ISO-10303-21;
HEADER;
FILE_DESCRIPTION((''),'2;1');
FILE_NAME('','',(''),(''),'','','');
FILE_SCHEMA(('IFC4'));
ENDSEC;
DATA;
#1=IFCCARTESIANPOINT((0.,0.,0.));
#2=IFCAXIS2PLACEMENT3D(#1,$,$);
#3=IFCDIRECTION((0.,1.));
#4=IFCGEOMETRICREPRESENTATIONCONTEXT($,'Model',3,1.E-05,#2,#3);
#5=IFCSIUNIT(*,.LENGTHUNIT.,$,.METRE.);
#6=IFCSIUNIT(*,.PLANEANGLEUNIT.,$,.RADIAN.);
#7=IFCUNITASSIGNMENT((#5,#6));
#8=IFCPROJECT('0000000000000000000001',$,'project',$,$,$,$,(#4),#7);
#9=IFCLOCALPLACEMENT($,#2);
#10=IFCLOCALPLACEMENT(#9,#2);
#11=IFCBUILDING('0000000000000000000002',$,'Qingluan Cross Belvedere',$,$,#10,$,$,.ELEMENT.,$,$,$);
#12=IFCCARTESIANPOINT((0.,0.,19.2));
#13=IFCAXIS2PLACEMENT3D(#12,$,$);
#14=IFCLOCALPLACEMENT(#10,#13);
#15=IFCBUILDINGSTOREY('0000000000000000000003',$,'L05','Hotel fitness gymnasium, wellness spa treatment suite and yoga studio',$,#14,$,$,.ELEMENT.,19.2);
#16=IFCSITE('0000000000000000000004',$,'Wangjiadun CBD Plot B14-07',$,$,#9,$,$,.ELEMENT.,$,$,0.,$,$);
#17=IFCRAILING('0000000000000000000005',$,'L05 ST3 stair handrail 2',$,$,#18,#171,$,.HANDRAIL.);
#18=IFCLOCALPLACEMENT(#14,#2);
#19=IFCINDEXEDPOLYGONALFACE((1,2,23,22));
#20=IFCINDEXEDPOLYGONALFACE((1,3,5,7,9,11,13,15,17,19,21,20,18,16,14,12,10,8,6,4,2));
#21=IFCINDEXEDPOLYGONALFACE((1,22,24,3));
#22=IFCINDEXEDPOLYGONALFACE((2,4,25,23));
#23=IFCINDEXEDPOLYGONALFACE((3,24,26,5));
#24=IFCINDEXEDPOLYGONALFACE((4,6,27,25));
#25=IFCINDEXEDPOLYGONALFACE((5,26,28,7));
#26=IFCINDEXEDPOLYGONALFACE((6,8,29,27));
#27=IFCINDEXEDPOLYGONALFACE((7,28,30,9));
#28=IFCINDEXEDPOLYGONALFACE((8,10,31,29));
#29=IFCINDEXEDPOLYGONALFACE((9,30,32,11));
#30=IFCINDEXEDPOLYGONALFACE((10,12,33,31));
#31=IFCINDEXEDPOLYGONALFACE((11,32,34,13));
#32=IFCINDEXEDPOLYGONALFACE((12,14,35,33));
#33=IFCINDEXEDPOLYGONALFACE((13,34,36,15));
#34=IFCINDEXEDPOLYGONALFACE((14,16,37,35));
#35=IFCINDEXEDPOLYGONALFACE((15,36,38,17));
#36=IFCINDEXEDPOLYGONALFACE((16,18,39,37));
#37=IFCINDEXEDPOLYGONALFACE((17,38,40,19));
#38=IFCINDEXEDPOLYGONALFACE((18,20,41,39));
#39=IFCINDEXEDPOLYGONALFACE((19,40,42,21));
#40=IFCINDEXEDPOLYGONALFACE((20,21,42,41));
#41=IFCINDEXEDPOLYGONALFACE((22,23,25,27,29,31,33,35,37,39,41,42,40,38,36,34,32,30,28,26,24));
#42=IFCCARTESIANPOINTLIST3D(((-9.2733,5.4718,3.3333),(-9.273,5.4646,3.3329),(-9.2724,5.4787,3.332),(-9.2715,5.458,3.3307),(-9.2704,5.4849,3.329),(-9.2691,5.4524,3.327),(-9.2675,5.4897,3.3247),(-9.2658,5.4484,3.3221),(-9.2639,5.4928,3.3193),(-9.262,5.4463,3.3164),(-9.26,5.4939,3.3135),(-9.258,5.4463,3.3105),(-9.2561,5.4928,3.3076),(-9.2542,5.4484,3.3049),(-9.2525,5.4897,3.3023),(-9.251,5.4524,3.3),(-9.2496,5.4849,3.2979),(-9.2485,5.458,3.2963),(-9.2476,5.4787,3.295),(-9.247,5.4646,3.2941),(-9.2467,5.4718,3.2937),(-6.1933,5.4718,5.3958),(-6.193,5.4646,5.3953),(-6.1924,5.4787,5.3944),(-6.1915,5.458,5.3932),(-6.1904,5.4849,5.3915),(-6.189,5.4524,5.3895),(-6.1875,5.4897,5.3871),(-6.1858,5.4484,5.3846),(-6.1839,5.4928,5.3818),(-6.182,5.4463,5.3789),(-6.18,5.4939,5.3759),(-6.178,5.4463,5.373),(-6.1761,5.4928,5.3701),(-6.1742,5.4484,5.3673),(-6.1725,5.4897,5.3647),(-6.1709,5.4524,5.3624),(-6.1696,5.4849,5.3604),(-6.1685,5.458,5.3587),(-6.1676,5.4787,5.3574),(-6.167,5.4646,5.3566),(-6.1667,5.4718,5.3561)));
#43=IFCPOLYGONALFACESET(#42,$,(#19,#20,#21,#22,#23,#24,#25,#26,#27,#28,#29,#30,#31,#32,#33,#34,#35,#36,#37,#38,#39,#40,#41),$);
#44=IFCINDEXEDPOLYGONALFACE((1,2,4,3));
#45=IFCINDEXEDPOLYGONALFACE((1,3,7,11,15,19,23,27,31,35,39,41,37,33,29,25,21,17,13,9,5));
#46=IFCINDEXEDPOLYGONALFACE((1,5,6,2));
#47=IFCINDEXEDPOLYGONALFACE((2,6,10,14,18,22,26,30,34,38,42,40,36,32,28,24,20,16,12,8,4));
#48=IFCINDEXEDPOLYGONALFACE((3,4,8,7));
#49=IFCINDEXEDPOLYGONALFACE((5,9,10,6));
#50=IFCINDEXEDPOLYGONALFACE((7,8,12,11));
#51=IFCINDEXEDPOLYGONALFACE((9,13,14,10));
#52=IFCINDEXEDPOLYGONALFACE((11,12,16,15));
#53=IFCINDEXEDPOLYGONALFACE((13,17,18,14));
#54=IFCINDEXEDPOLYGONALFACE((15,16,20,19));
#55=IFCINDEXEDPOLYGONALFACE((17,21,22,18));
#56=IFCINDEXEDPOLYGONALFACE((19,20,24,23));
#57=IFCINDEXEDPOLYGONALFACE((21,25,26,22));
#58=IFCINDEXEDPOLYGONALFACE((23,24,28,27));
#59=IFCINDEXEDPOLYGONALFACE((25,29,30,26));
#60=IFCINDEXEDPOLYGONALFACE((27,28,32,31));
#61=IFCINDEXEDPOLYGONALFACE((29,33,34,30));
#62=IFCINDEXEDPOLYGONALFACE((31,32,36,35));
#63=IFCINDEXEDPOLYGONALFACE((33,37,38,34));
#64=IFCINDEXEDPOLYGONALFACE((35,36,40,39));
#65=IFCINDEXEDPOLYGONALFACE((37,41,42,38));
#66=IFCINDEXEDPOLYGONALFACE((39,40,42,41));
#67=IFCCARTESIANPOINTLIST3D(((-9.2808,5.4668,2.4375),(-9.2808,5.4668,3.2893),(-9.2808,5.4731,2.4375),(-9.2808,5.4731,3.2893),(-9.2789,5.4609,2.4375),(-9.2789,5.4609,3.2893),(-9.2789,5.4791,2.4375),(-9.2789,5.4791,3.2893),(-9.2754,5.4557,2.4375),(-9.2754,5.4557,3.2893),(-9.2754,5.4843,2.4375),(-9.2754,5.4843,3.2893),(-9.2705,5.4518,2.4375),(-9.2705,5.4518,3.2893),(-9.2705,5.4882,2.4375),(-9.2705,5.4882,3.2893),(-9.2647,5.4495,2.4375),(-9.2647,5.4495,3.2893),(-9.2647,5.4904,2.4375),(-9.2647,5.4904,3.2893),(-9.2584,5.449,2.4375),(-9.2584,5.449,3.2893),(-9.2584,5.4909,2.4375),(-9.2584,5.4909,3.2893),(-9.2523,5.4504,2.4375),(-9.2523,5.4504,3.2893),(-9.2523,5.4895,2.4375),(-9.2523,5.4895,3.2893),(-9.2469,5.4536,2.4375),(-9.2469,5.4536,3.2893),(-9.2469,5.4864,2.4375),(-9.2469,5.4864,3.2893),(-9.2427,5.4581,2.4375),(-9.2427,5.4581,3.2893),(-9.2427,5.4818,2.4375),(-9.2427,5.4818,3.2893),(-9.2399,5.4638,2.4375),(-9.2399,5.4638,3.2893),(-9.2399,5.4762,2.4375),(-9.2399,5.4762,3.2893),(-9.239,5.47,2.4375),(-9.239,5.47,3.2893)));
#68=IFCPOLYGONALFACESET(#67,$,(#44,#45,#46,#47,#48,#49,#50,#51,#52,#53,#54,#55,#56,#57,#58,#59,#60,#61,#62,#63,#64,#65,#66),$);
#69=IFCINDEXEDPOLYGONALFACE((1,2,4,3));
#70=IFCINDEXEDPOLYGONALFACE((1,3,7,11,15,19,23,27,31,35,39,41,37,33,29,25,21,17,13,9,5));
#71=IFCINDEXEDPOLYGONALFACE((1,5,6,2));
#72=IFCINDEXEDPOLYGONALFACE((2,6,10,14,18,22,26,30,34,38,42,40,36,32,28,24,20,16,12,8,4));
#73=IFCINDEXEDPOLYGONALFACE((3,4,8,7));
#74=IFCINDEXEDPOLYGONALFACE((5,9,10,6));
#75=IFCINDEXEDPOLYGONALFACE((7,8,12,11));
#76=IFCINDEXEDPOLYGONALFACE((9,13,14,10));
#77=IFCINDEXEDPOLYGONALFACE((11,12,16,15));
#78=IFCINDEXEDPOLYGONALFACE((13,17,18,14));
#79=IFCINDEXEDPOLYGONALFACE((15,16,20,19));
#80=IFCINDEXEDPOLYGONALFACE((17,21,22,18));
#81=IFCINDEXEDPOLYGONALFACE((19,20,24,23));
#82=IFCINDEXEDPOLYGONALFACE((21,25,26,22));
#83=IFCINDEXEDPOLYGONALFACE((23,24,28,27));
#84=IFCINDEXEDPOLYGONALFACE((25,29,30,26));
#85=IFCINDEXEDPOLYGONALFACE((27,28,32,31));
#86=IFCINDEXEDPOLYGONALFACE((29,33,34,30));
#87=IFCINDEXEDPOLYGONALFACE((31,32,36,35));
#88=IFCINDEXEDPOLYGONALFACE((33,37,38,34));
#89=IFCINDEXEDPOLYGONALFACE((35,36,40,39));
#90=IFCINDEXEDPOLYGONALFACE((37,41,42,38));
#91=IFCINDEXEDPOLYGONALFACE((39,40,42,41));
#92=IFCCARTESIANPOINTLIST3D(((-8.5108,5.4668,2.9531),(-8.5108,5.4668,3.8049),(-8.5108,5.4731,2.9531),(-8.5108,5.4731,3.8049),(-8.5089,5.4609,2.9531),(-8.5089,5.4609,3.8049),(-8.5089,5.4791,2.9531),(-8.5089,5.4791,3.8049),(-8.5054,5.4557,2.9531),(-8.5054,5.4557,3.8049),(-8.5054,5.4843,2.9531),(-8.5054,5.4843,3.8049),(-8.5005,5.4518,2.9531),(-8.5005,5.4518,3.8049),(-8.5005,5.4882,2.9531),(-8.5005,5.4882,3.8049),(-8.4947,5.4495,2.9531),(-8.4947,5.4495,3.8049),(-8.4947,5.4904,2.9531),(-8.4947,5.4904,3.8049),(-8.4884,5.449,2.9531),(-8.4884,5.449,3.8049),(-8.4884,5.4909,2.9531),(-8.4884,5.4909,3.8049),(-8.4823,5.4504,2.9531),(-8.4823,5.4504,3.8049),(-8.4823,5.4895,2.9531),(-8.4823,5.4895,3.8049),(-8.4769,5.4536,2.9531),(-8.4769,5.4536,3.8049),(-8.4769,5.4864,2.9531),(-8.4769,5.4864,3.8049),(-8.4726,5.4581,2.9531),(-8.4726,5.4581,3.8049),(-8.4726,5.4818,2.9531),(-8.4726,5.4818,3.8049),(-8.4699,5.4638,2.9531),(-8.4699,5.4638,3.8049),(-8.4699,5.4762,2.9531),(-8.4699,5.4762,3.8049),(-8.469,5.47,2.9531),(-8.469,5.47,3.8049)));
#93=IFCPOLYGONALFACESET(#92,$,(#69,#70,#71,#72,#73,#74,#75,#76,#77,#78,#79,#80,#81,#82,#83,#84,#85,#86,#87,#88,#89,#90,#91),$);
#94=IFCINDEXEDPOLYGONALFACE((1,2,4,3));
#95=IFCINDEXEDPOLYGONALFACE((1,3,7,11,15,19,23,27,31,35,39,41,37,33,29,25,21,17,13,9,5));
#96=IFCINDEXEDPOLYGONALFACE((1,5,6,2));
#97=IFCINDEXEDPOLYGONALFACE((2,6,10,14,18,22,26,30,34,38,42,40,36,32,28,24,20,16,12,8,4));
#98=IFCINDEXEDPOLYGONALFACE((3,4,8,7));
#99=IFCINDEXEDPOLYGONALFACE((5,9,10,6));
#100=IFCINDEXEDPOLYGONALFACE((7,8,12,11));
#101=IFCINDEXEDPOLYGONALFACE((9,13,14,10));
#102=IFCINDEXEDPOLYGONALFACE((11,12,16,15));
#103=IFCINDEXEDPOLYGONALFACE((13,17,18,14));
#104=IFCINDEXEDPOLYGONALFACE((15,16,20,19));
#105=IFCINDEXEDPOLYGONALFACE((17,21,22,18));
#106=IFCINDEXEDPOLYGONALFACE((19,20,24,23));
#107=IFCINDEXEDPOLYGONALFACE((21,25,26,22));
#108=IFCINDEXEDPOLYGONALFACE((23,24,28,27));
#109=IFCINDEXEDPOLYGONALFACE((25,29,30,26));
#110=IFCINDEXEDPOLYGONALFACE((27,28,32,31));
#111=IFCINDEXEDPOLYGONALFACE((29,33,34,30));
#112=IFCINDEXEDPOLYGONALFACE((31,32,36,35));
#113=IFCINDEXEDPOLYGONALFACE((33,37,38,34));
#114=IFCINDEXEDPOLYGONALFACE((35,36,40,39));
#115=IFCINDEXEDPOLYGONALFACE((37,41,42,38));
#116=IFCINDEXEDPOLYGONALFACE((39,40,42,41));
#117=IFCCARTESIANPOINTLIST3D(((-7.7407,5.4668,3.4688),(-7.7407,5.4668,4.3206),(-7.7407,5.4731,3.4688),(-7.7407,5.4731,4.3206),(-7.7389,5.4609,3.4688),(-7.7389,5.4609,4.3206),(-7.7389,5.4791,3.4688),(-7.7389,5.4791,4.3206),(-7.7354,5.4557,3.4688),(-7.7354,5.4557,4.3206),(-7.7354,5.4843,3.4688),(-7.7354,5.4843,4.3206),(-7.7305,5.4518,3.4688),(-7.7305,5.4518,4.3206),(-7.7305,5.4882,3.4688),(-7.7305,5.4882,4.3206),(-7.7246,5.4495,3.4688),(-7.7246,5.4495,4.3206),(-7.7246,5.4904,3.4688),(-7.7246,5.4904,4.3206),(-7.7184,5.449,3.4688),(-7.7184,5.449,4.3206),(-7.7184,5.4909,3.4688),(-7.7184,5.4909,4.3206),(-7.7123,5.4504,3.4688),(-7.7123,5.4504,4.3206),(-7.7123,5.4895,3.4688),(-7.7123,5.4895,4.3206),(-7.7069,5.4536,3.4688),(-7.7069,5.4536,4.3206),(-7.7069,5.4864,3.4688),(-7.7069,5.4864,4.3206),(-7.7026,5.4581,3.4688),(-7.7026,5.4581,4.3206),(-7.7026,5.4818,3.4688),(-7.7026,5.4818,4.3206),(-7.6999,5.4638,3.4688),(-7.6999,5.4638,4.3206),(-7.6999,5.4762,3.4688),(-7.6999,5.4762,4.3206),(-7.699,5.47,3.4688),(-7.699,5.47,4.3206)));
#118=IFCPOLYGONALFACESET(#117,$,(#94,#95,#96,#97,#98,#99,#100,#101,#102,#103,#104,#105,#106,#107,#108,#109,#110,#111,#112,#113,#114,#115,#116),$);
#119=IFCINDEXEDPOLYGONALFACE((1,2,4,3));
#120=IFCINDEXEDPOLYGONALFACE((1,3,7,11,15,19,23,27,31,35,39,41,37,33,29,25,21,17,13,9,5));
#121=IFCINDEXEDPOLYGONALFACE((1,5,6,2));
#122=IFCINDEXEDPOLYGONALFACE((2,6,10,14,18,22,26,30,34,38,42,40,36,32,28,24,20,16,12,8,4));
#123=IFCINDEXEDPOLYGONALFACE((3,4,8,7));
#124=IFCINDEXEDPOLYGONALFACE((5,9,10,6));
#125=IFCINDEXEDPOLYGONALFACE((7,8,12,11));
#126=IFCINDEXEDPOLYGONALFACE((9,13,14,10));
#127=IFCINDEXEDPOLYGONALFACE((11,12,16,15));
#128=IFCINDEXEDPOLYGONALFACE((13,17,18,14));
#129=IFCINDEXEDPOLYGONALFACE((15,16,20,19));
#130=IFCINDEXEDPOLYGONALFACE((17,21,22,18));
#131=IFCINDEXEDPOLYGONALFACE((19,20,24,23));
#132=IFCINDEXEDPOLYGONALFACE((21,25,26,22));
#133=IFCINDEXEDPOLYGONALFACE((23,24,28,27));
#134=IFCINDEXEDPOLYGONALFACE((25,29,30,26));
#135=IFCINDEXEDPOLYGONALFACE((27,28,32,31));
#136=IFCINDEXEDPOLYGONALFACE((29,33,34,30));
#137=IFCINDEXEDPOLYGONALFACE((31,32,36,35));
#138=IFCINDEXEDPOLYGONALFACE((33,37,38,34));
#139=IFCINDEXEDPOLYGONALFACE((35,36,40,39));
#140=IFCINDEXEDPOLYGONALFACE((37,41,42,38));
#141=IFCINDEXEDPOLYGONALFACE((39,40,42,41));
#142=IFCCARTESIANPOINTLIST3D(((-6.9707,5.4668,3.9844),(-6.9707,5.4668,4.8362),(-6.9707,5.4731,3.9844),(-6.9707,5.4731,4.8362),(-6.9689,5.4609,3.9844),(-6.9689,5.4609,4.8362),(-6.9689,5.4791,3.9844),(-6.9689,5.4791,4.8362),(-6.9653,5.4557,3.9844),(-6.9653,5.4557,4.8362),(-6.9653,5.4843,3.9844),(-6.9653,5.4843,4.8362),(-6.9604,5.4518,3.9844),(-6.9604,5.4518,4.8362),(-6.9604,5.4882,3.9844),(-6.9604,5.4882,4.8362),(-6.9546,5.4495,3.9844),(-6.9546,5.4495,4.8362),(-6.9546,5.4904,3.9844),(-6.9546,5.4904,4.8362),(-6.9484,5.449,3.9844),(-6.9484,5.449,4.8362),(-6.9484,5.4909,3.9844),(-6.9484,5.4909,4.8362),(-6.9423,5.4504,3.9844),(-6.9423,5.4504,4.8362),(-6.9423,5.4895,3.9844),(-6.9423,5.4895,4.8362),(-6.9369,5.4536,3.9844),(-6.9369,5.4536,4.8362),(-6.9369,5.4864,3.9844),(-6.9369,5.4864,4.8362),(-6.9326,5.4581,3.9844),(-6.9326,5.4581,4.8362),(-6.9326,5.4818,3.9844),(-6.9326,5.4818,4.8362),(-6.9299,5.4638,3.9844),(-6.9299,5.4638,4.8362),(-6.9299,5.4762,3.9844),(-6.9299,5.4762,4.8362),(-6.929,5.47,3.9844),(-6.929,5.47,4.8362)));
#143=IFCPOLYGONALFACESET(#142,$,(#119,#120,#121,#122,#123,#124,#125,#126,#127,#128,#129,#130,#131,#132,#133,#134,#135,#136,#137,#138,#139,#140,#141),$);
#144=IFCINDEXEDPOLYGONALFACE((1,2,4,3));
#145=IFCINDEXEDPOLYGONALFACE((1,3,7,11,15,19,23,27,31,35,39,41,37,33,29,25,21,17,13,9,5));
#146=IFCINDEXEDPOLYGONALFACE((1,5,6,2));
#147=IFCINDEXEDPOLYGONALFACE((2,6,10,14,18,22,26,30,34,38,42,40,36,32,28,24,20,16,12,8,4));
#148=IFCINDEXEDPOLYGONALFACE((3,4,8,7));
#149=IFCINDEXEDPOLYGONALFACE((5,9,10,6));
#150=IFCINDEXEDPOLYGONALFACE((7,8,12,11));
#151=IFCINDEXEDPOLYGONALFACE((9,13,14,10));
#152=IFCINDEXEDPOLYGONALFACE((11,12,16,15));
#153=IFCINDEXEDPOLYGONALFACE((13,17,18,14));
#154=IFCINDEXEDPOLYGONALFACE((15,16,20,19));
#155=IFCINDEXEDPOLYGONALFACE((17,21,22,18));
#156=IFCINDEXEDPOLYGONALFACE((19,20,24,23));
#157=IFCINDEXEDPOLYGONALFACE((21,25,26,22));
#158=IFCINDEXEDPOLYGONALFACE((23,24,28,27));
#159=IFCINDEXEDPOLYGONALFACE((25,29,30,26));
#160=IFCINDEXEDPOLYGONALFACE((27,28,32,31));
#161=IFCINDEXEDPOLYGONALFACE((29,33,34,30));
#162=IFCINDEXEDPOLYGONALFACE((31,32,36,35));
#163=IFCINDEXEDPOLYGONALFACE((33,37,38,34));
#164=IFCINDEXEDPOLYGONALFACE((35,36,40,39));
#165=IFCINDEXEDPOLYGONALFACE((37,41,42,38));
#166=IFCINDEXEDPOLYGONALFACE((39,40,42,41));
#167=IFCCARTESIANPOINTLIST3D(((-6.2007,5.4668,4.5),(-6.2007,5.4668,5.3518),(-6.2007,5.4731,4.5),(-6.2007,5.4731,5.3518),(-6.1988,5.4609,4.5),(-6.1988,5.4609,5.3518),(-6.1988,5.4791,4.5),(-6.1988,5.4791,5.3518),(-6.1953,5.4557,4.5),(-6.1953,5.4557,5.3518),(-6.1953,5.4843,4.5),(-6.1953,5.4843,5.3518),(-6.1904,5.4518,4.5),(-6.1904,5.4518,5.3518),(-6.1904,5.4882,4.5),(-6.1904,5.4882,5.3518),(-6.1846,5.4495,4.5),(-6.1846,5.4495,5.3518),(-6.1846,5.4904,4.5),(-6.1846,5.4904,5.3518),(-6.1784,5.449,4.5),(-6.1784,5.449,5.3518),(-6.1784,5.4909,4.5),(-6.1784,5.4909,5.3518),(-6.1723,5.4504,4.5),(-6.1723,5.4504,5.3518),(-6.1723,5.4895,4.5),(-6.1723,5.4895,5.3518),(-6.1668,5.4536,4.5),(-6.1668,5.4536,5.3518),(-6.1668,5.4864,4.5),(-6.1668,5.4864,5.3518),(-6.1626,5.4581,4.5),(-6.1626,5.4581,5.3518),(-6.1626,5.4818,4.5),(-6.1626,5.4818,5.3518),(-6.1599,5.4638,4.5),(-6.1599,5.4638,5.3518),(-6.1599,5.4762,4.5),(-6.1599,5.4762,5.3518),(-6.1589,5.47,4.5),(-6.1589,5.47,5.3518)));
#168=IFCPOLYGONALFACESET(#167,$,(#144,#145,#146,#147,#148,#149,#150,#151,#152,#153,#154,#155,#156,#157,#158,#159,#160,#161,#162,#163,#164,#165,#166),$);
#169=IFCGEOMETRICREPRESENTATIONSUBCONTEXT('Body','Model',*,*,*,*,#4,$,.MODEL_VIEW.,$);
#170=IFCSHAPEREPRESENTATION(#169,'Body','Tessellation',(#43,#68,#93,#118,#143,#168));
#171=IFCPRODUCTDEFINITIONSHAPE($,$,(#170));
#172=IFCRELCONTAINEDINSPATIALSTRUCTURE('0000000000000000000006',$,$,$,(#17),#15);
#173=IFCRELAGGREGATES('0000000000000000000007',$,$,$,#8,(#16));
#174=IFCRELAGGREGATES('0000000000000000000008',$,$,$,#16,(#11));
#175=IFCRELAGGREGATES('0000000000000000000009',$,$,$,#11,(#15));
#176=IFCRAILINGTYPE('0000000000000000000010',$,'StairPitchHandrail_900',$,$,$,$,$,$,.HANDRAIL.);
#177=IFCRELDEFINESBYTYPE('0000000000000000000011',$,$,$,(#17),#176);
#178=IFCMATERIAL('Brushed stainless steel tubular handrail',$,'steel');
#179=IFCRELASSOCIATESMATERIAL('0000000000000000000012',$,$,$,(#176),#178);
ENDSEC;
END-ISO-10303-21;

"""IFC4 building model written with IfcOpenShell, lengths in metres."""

from ifc_helpers import new_model, si_unit, direction, frame, origin, origin_2d, place, context, subcontext, project, spatial, circle, extrude, material, type_object, element, save


model = new_model("IFC4")

# Units and contexts
model_context = context("Model", 3, precision=1e-05, world=origin(), true_north=direction((0.0, 1.0)))
body_context = subcontext(model_context, "Body", "Model", "MODEL_VIEW")
ifc_project = project(units=[si_unit("LENGTHUNIT", "METRE"), si_unit("PLANEANGLEUNIT", "RADIAN")], contexts=[model_context])

# Site, building, storey
site_placement = place(None, origin())
site = spatial("IfcSite", under=ifc_project, at=site_placement, Name="Wangjiadun CBD Plot B14-07", CompositionType="ELEMENT", RefElevation=0.0)
building_placement = place(site_placement, origin())
building = spatial("IfcBuilding", under=site, at=building_placement, Name="Qingluan Cross Belvedere", CompositionType="ELEMENT")
storey_placement = place(building_placement, frame((0.0, 0.0, 19.2)))
storey = spatial("IfcBuildingStorey", under=building, at=storey_placement, Name="L05", Description="Hotel fitness gymnasium, wellness spa treatment suite and yoga studio", CompositionType="ELEMENT", Elevation=19.2)

# Railing
ifc_material_1 = material(Name="Brushed stainless steel tubular handrail", Category="steel")
railing_type_1 = type_object("IfcRailingType", Name="StairPitchHandrail_900", PredefinedType="HANDRAIL", material=ifc_material_1)
railing_1_placement = place(storey_placement, frame((-9.26, 5.47, 2.4375)))
element("IfcRailing", 1, at=railing_1_placement, inside=storey, type_object=railing_type_1, Name="L05 ST3 stair handrail 2", PredefinedType="HANDRAIL", context=body_context, shape_type="SweptSolid", body=[
    extrude(circle(Radius=0.0239, at=origin_2d()), frame((0.0, 0.0, 0.876), z_axis=(0.830914, 0.0, 0.556401), x_axis=(0.0, 1.0, 0.0)), (0.0, 0.0, 1.0), 3.7068),
    extrude(circle(Radius=0.021, at=origin_2d()), origin(), (0.0, 0.0, 1.0), 0.8518),
    extrude(circle(Radius=0.021, at=origin_2d()), frame((0.77, 0.0, 0.5156)), (0.0, 0.0, 1.0), 0.8518),
    extrude(circle(Radius=0.021, at=origin_2d()), frame((1.54, 0.0, 1.0312)), (0.0, 0.0, 1.0), 0.8518),
    extrude(circle(Radius=0.021, at=origin_2d()), frame((2.3101, 0.0, 1.5469)), (0.0, 0.0, 1.0), 0.8518),
    extrude(circle(Radius=0.021, at=origin_2d()), frame((3.0801, 0.0, 2.0625)), (0.0, 0.0, 1.0), 0.8518),
])

save(model, "model.ifc")
